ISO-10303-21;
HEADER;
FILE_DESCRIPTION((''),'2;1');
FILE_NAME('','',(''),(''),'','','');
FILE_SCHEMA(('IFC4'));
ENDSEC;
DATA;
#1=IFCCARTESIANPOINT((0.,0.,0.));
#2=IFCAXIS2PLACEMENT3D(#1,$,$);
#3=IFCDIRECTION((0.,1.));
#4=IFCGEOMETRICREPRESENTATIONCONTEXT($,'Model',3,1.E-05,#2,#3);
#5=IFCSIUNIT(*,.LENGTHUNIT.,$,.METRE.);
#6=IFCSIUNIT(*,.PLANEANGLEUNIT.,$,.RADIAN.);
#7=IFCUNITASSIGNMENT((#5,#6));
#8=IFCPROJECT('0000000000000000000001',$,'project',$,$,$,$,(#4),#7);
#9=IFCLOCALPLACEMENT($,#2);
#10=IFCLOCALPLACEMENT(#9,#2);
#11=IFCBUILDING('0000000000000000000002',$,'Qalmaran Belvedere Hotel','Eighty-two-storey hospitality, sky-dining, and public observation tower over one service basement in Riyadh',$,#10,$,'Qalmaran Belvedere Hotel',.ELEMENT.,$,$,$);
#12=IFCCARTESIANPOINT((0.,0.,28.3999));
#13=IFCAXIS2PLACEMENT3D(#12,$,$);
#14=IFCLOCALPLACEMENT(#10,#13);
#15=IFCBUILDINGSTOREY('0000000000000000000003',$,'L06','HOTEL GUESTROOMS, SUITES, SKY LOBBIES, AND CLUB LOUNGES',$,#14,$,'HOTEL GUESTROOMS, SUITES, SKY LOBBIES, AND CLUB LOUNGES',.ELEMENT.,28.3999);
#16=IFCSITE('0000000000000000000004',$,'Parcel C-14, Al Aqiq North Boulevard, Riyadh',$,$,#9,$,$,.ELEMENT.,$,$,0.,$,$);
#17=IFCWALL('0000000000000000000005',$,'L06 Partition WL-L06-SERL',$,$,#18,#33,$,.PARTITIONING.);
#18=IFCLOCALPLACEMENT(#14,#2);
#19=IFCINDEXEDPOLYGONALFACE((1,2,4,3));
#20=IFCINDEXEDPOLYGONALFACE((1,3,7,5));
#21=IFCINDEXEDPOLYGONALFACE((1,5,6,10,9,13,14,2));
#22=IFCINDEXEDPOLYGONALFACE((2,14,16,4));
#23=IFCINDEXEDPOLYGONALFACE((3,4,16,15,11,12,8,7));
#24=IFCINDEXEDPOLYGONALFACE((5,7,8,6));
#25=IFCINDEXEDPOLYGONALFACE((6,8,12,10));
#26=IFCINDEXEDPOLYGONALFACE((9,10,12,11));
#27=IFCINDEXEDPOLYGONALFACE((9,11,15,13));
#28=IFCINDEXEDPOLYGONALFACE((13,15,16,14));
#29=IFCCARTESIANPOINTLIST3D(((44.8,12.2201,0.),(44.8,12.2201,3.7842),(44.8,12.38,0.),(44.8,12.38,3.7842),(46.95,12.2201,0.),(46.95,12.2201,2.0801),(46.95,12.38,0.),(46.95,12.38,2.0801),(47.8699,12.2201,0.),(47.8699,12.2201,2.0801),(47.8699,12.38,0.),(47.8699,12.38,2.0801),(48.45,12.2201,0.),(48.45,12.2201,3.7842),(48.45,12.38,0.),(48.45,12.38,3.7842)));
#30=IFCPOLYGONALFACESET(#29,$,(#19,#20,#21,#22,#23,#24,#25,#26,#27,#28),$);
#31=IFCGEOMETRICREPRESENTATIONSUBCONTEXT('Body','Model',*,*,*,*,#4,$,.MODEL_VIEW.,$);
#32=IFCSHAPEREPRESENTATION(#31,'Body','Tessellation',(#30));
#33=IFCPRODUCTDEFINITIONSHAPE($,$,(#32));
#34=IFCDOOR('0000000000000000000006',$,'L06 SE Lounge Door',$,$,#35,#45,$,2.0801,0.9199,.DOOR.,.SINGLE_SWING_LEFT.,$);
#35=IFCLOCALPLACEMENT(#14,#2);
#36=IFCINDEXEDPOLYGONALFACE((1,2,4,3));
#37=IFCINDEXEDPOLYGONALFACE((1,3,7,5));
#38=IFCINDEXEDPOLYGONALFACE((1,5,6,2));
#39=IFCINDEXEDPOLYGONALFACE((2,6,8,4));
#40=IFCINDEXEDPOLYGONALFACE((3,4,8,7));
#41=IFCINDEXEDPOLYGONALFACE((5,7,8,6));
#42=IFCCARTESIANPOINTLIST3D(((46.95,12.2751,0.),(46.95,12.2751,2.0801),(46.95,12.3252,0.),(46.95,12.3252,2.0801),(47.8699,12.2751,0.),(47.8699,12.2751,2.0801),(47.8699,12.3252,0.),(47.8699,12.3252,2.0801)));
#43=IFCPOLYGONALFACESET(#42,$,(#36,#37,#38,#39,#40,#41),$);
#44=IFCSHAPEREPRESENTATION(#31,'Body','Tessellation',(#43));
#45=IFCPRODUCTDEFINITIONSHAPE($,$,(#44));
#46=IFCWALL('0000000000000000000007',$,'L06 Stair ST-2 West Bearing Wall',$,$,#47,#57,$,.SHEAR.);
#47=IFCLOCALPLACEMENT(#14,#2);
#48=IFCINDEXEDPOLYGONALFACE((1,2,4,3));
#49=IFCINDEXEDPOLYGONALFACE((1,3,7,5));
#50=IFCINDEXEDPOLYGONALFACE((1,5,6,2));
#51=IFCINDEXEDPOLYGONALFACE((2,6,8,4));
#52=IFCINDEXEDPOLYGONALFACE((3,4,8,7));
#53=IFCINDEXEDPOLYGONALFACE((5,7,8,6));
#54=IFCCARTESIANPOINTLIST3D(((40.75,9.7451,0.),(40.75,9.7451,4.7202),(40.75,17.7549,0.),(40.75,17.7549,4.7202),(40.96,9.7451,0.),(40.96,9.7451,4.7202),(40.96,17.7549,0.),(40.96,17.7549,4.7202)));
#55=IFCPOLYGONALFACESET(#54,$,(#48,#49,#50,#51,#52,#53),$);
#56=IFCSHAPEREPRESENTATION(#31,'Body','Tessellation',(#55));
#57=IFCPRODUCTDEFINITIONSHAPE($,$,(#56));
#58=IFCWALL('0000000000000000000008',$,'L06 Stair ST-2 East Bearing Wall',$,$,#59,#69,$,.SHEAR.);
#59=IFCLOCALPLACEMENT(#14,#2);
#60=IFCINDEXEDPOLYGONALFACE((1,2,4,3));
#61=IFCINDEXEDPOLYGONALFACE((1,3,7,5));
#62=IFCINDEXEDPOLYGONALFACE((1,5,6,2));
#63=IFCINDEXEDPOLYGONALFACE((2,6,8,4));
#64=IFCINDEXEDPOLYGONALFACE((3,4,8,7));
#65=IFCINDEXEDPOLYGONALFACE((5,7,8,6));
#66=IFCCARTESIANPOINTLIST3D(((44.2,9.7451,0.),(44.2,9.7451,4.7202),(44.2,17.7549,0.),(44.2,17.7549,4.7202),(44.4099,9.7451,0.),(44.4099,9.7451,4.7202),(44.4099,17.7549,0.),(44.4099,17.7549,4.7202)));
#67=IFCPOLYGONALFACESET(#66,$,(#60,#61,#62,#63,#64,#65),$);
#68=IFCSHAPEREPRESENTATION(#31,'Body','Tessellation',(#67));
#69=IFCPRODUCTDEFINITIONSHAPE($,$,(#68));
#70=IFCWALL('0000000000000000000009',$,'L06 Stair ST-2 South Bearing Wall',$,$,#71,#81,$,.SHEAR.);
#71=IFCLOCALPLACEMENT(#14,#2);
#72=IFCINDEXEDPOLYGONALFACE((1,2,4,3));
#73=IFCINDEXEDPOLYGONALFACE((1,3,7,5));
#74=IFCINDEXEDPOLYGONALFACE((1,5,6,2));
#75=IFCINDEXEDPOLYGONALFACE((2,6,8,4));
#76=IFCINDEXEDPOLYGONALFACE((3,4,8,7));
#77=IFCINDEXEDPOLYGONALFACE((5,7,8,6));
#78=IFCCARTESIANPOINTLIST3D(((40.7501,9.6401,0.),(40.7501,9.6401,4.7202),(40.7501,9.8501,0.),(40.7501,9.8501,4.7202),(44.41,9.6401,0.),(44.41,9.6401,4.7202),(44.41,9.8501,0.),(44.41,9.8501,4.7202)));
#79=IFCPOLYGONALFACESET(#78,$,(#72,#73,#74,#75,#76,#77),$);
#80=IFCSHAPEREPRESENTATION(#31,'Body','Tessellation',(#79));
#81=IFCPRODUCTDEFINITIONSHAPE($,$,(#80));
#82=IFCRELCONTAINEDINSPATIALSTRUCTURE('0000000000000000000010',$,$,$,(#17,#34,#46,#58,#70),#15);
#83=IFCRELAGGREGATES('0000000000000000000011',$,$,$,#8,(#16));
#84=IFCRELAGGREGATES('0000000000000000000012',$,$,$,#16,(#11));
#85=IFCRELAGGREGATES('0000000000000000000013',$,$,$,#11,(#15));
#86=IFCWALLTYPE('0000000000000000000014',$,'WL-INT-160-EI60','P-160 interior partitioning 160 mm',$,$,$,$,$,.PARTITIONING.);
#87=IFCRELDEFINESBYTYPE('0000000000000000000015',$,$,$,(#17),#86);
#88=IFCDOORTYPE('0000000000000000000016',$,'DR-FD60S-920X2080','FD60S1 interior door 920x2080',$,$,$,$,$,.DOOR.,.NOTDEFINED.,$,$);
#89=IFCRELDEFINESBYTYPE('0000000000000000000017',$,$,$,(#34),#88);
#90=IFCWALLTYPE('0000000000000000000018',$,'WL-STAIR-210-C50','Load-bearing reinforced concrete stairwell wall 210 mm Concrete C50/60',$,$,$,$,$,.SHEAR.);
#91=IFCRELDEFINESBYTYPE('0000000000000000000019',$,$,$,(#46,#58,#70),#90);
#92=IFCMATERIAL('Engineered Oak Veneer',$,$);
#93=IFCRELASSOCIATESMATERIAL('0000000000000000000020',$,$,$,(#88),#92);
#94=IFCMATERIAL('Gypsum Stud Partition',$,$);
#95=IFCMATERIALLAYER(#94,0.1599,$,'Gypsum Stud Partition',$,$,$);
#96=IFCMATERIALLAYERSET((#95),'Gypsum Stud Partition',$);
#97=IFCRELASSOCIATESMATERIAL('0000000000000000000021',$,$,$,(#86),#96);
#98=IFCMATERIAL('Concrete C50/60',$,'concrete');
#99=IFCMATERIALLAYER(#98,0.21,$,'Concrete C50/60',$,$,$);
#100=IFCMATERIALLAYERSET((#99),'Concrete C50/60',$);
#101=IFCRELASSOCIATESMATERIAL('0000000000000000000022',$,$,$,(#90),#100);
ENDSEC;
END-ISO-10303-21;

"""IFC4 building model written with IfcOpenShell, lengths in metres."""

from ifc_helpers import new_model, si_unit, direction, frame, frame_2d, origin, place, context, subcontext, project, spatial, rectangle, extrude, material, layer, layer_set, type_object, element, fill, save


model = new_model("IFC4")

# Units and contexts
model_context = context("Model", 3, precision=1e-05, world=origin(), true_north=direction((0.0, 1.0)))
body_context = subcontext(model_context, "Body", "Model", "MODEL_VIEW")
ifc_project = project(units=[si_unit("LENGTHUNIT", "METRE"), si_unit("PLANEANGLEUNIT", "RADIAN")], contexts=[model_context])

# Site, building, storey
site_placement = place(None, origin())
site = spatial("IfcSite", under=ifc_project, at=site_placement, Name="Parcel C-14, Al Aqiq North Boulevard, Riyadh", CompositionType="ELEMENT", RefElevation=0.0)
building_placement = place(site_placement, origin())
building = spatial("IfcBuilding", under=site, at=building_placement, Name="Qalmaran Belvedere Hotel", Description="Eighty-two-storey hospitality, sky-dining, and public observation tower over one service basement in Riyadh", LongName="Qalmaran Belvedere Hotel", CompositionType="ELEMENT")
storey_placement = place(building_placement, frame((0.0, 0.0, 28.3999)))
storey = spatial("IfcBuildingStorey", under=building, at=storey_placement, Name="L06", Description="HOTEL GUESTROOMS, SUITES, SKY LOBBIES, AND CLUB LOUNGES", LongName="HOTEL GUESTROOMS, SUITES, SKY LOBBIES, AND CLUB LOUNGES", CompositionType="ELEMENT", Elevation=28.3999)

# Shared definitions
ifc_material_1 = material(Name="Gypsum Stud Partition")

# Shared definitions
ifc_material_2 = material(Name="Engineered Oak Veneer")
door_type_1 = type_object("IfcDoorType", Name="DR-FD60S-920X2080", Description="FD60S1 interior door 920x2080", OperationType="NOTDEFINED", PredefinedType="DOOR", material=ifc_material_2)

# Wall, opening, door
ifc_layer_1 = layer(ifc_material_1, 0.1599, Name="Gypsum Stud Partition")
ifc_layer_set_1 = layer_set([ifc_layer_1], Name="Gypsum Stud Partition")
wall_type_1 = type_object("IfcWallType", Name="WL-INT-160-EI60", Description="P-160 interior partitioning 160 mm", PredefinedType="PARTITIONING", material=ifc_layer_set_1)
wall_1_placement = place(storey_placement, frame((44.8, 12.3, 0.0), z_axis=(0.0, 0.0, 1.0), x_axis=(1.0, 0.0, 0.0)))
wall_1 = element("IfcWall", 1, at=wall_1_placement, inside=storey, type_object=wall_type_1, Name="L06 Partition WL-L06-SERL", PredefinedType="PARTITIONING", context=body_context, shape_type="SweptSolid", body=[
    extrude(rectangle(XDim=3.6499, YDim=0.1599, at=frame_2d((1.825, 0.0))), origin(), (0.0, 0.0, 1.0), 3.7842),
])
opening_1_placement = place(wall_1_placement, frame((3.0698, 0.0, 0.0), z_axis=(0.0, 0.0, 1.0), x_axis=(-1.0, 0.0, 0.0)))
opening_1 = element("IfcOpeningElement", 2, at=opening_1_placement, cuts=wall_1, PredefinedType="OPENING", context=body_context, shape_type="SweptSolid", body=[
    extrude(rectangle(XDim=0.9199, YDim=2.0801, at=frame_2d((0.46, 1.04))), frame((0.0, 0.0898, 0.0), z_axis=(0.0, -1.0, 0.0), x_axis=(1.0, 0.0, 0.0)), (0.0, 0.0, 1.0), 0.1799),
])
door_1_placement = place(opening_1_placement, origin())
door_1 = element("IfcDoor", 3, at=door_1_placement, inside=storey, type_object=door_type_1, Name="L06 SE Lounge Door", OperationType="SINGLE_SWING_LEFT", OverallHeight=2.0801, OverallWidth=0.9199, PredefinedType="DOOR", context=body_context, shape_type="SweptSolid", body=[
    extrude(rectangle(XDim=0.9199, YDim=2.0801, at=frame_2d((0.46, 1.04))), frame((0.0, 0.0249, 0.0), z_axis=(0.0, -1.0, 0.0), x_axis=(1.0, 0.0, 0.0)), (0.0, 0.0, 1.0), 0.05),
])
fill(opening_1, door_1)

# Walls
ifc_material_3 = material(Name="Concrete C50/60", Category="concrete")
ifc_layer_2 = layer(ifc_material_3, 0.21, Name="Concrete C50/60")
ifc_layer_set_2 = layer_set([ifc_layer_2], Name="Concrete C50/60")
wall_type_2 = type_object("IfcWallType", Name="WL-STAIR-210-C50", Description="Load-bearing reinforced concrete stairwell wall 210 mm Concrete C50/60", PredefinedType="SHEAR", material=ifc_layer_set_2)
for number, where, z_axis, x_axis, name in (
    (4, (40.855, 9.7451, 0.0), (0.0, 0.0, 1.0), (0.0, 1.0, 0.0), "L06 Stair ST-2 West Bearing Wall"),
    (5, (44.3049, 9.7451, 0.0), (0.0, 0.0, 1.0), (0.0, 1.0, 0.0), "L06 Stair ST-2 East Bearing Wall"),
):
    element("IfcWall", number, at=place(storey_placement, frame(where, z_axis=z_axis, x_axis=x_axis)), inside=storey, type_object=wall_type_2, Name=name, PredefinedType="SHEAR", context=body_context, shape_type="SweptSolid", body=[
        extrude(rectangle(XDim=8.0098, YDim=0.21, at=frame_2d((4.0049, 0.0))), origin(), (0.0, 0.0, 1.0), 4.7202),
    ])
wall_2_placement = place(storey_placement, frame((40.75, 9.7451, 0.0), z_axis=(0.0, 0.0, 1.0), x_axis=(1.0, 0.0, 0.0)))
element("IfcWall", 6, at=wall_2_placement, inside=storey, type_object=wall_type_2, Name="L06 Stair ST-2 South Bearing Wall", PredefinedType="SHEAR", context=body_context, shape_type="SweptSolid", body=[
    extrude(rectangle(XDim=3.6599, YDim=0.21, at=frame_2d((1.8301, 0.0))), origin(), (0.0, 0.0, 1.0), 4.7202),
])

save(model, "model.ifc")
